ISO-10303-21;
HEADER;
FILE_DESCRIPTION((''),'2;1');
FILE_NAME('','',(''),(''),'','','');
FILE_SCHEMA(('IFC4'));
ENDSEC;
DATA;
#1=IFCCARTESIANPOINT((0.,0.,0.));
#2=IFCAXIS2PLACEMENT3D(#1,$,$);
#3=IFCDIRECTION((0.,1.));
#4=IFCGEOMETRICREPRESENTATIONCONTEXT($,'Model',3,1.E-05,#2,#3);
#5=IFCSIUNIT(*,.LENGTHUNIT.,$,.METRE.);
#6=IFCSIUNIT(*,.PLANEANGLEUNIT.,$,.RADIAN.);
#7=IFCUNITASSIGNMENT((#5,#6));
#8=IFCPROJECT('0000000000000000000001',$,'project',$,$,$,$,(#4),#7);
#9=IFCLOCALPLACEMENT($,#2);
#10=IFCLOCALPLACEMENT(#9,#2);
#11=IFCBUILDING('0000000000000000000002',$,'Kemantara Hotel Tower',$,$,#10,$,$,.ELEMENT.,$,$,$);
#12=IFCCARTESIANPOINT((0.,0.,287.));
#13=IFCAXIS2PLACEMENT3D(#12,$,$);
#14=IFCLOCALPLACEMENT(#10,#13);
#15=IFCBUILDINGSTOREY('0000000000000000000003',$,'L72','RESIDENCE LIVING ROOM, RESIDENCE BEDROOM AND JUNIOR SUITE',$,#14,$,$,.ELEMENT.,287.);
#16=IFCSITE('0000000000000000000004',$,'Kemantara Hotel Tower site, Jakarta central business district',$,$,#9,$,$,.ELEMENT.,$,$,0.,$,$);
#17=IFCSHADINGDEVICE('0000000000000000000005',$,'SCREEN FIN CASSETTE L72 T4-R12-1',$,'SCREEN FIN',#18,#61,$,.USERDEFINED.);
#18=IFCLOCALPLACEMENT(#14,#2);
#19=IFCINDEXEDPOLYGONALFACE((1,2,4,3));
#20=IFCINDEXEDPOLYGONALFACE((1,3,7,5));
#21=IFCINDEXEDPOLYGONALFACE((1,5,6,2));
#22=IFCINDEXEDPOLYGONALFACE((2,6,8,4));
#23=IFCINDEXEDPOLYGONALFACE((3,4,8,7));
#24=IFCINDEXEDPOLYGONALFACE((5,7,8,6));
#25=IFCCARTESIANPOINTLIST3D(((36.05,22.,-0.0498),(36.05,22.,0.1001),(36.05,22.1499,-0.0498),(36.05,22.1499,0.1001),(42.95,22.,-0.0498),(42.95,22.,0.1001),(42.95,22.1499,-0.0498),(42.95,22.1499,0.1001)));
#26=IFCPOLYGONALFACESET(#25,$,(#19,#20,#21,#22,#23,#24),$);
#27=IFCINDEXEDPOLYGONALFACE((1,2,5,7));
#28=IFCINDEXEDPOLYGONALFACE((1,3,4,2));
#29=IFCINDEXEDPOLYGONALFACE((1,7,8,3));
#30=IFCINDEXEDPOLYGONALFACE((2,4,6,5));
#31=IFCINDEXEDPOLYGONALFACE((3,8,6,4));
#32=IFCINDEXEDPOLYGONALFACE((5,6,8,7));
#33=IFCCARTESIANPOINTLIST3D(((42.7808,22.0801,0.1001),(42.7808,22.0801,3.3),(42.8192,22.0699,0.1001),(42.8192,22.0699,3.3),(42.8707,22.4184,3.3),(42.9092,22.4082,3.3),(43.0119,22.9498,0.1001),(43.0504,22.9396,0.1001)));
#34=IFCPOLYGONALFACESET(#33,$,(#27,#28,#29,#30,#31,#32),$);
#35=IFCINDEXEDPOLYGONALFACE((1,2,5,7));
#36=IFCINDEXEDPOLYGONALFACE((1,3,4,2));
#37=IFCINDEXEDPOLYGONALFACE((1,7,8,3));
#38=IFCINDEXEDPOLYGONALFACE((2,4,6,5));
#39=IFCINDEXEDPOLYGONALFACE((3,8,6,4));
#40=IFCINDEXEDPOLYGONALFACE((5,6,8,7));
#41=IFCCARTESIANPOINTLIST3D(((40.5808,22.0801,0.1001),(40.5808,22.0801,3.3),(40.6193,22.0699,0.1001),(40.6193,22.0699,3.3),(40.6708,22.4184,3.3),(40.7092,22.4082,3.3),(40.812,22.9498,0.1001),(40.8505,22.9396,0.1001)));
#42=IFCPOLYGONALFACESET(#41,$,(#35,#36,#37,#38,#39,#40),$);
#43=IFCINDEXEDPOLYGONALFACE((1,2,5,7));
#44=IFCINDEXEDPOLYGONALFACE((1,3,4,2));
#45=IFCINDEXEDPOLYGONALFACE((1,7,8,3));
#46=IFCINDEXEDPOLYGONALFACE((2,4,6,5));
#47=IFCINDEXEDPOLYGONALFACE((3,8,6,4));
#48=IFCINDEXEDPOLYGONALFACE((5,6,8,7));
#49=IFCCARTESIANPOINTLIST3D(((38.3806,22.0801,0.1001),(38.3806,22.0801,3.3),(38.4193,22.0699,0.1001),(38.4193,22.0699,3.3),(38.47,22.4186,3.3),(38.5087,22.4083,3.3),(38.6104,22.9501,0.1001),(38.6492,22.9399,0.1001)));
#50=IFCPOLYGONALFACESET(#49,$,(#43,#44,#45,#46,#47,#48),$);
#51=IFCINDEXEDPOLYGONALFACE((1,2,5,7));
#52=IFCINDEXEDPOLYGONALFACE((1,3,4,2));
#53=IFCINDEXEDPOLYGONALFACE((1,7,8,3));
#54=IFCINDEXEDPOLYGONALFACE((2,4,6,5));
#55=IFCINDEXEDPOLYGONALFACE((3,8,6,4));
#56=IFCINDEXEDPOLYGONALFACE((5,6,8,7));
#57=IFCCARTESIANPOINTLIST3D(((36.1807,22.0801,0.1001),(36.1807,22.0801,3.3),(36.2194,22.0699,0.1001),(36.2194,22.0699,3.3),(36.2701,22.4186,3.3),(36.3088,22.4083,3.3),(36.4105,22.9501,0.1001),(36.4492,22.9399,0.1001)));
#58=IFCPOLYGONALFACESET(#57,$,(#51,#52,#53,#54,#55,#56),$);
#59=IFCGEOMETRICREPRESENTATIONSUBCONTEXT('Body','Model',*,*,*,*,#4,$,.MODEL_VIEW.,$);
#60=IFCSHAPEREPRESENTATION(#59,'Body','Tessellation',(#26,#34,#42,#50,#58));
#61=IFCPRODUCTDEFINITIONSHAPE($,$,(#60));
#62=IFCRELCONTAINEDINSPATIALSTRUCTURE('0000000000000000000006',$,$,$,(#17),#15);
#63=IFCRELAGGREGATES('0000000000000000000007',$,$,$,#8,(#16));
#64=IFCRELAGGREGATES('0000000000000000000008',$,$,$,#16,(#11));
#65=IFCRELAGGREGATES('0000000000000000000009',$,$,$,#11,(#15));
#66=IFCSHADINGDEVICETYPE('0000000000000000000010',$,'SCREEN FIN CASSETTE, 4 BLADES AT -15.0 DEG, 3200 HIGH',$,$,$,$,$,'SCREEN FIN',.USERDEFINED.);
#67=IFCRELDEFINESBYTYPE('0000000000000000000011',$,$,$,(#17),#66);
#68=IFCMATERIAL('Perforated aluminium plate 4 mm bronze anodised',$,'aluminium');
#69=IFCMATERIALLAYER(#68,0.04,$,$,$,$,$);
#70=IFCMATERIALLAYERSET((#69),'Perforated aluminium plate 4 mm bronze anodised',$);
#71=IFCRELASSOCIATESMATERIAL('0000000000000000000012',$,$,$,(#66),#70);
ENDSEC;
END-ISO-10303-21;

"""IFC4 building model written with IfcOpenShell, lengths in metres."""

from ifc_helpers import new_model, si_unit, direction, frame, origin, origin_2d, place, context, subcontext, project, spatial, polyline, rectangle, outline, extrude, source, transform, mapped, material, layer, layer_set, type_object, element, save


model = new_model("IFC4")

# Units and contexts
model_context = context("Model", 3, precision=1e-05, world=origin(), true_north=direction((0.0, 1.0)))
body_context = subcontext(model_context, "Body", "Model", "MODEL_VIEW")
ifc_project = project(units=[si_unit("LENGTHUNIT", "METRE"), si_unit("PLANEANGLEUNIT", "RADIAN")], contexts=[model_context])

# Site, building, storey
site_placement = place(None, origin())
site = spatial("IfcSite", under=ifc_project, at=site_placement, Name="Kemantara Hotel Tower site, Jakarta central business district", CompositionType="ELEMENT", RefElevation=0.0)
building_placement = place(site_placement, origin())
building = spatial("IfcBuilding", under=site, at=building_placement, Name="Kemantara Hotel Tower", CompositionType="ELEMENT")
storey_placement = place(building_placement, frame((0.0, 0.0, 287.0)))
storey = spatial("IfcBuildingStorey", under=building, at=storey_placement, Name="L72", Description="RESIDENCE LIVING ROOM, RESIDENCE BEDROOM AND JUNIOR SUITE", CompositionType="ELEMENT", Elevation=287.0)

# Shading device
ifc_material_1 = material(Name="Perforated aluminium plate 4 mm bronze anodised", Category="aluminium")
ifc_layer_1 = layer(ifc_material_1, 0.04)
ifc_layer_set_1 = layer_set([ifc_layer_1], Name="Perforated aluminium plate 4 mm bronze anodised")
shading_device_type_1 = type_object("IfcShadingDeviceType", Name="SCREEN FIN CASSETTE, 4 BLADES AT -15.0 DEG, 3200 HIGH", ElementType="SCREEN FIN", PredefinedType="USERDEFINED", material=ifc_layer_set_1)
shared_shape_1 = source(origin(), body_context, "Body", "SweptSolid", [
    extrude(rectangle(XDim=6.8999, YDim=0.1499, at=origin_2d()), frame((3.3, -0.075, -0.1499), z_axis=(0.0, 0.0, 1.0), x_axis=(1.0, 0.0, 0.0)), (0.0, 0.0, 1.0), 0.1499),
    extrude(outline(polyline([(0.0, 0.0), (0.8999, 0.0), (0.3501, 3.2), (0.0, 3.2), (0.0, 0.0)])), frame((0.0193, -0.0801, 0.0), z_axis=(-0.966438, 0.256901, 0.0), x_axis=(-0.256901, -0.966438, 0.0)), (0.0, 0.0, 1.0), 0.0398),
    extrude(outline(polyline([(0.0, 0.0), (0.8999, 0.0), (0.3501, 3.2), (0.0, 3.2), (0.0, 0.0)])), frame((2.2192, -0.0801, 0.0), z_axis=(-0.966438, 0.256901, 0.0), x_axis=(-0.256901, -0.966438, 0.0)), (0.0, 0.0, 1.0), 0.0398),
    extrude(outline(polyline([(0.0, 0.0), (0.8999, 0.0), (0.3501, 3.2), (0.0, 3.2), (0.0, 0.0)])), frame((4.4194, -0.0801, 0.0), z_axis=(-0.966838, 0.255391, 0.0), x_axis=(-0.255391, -0.966838, 0.0)), (0.0, 0.0, 1.0), 0.04),
    extrude(outline(polyline([(0.0, 0.0), (0.8999, 0.0), (0.3501, 3.2), (0.0, 3.2), (0.0, 0.0)])), frame((6.6194, -0.0801, 0.0), z_axis=(-0.966838, 0.255391, 0.0), x_axis=(-0.255391, -0.966838, 0.0)), (0.0, 0.0, 1.0), 0.04),
])
shading_device_1_placement = place(storey_placement, frame((42.8, 22.0, 0.1001), z_axis=(0.0, 0.0, 1.0), x_axis=(-1.0, 0.0, 0.0)))
element("IfcShadingDevice", 1, at=shading_device_1_placement, inside=storey, type_object=shading_device_type_1, Name="SCREEN FIN CASSETTE L72 T4-R12-1", ObjectType="SCREEN FIN", PredefinedType="USERDEFINED", context=body_context, shape_type="MappedRepresentation", body=[
    mapped(shared_shape_1, transform((0.0, 0.0, 0.0))),
])

save(model, "model.ifc")
